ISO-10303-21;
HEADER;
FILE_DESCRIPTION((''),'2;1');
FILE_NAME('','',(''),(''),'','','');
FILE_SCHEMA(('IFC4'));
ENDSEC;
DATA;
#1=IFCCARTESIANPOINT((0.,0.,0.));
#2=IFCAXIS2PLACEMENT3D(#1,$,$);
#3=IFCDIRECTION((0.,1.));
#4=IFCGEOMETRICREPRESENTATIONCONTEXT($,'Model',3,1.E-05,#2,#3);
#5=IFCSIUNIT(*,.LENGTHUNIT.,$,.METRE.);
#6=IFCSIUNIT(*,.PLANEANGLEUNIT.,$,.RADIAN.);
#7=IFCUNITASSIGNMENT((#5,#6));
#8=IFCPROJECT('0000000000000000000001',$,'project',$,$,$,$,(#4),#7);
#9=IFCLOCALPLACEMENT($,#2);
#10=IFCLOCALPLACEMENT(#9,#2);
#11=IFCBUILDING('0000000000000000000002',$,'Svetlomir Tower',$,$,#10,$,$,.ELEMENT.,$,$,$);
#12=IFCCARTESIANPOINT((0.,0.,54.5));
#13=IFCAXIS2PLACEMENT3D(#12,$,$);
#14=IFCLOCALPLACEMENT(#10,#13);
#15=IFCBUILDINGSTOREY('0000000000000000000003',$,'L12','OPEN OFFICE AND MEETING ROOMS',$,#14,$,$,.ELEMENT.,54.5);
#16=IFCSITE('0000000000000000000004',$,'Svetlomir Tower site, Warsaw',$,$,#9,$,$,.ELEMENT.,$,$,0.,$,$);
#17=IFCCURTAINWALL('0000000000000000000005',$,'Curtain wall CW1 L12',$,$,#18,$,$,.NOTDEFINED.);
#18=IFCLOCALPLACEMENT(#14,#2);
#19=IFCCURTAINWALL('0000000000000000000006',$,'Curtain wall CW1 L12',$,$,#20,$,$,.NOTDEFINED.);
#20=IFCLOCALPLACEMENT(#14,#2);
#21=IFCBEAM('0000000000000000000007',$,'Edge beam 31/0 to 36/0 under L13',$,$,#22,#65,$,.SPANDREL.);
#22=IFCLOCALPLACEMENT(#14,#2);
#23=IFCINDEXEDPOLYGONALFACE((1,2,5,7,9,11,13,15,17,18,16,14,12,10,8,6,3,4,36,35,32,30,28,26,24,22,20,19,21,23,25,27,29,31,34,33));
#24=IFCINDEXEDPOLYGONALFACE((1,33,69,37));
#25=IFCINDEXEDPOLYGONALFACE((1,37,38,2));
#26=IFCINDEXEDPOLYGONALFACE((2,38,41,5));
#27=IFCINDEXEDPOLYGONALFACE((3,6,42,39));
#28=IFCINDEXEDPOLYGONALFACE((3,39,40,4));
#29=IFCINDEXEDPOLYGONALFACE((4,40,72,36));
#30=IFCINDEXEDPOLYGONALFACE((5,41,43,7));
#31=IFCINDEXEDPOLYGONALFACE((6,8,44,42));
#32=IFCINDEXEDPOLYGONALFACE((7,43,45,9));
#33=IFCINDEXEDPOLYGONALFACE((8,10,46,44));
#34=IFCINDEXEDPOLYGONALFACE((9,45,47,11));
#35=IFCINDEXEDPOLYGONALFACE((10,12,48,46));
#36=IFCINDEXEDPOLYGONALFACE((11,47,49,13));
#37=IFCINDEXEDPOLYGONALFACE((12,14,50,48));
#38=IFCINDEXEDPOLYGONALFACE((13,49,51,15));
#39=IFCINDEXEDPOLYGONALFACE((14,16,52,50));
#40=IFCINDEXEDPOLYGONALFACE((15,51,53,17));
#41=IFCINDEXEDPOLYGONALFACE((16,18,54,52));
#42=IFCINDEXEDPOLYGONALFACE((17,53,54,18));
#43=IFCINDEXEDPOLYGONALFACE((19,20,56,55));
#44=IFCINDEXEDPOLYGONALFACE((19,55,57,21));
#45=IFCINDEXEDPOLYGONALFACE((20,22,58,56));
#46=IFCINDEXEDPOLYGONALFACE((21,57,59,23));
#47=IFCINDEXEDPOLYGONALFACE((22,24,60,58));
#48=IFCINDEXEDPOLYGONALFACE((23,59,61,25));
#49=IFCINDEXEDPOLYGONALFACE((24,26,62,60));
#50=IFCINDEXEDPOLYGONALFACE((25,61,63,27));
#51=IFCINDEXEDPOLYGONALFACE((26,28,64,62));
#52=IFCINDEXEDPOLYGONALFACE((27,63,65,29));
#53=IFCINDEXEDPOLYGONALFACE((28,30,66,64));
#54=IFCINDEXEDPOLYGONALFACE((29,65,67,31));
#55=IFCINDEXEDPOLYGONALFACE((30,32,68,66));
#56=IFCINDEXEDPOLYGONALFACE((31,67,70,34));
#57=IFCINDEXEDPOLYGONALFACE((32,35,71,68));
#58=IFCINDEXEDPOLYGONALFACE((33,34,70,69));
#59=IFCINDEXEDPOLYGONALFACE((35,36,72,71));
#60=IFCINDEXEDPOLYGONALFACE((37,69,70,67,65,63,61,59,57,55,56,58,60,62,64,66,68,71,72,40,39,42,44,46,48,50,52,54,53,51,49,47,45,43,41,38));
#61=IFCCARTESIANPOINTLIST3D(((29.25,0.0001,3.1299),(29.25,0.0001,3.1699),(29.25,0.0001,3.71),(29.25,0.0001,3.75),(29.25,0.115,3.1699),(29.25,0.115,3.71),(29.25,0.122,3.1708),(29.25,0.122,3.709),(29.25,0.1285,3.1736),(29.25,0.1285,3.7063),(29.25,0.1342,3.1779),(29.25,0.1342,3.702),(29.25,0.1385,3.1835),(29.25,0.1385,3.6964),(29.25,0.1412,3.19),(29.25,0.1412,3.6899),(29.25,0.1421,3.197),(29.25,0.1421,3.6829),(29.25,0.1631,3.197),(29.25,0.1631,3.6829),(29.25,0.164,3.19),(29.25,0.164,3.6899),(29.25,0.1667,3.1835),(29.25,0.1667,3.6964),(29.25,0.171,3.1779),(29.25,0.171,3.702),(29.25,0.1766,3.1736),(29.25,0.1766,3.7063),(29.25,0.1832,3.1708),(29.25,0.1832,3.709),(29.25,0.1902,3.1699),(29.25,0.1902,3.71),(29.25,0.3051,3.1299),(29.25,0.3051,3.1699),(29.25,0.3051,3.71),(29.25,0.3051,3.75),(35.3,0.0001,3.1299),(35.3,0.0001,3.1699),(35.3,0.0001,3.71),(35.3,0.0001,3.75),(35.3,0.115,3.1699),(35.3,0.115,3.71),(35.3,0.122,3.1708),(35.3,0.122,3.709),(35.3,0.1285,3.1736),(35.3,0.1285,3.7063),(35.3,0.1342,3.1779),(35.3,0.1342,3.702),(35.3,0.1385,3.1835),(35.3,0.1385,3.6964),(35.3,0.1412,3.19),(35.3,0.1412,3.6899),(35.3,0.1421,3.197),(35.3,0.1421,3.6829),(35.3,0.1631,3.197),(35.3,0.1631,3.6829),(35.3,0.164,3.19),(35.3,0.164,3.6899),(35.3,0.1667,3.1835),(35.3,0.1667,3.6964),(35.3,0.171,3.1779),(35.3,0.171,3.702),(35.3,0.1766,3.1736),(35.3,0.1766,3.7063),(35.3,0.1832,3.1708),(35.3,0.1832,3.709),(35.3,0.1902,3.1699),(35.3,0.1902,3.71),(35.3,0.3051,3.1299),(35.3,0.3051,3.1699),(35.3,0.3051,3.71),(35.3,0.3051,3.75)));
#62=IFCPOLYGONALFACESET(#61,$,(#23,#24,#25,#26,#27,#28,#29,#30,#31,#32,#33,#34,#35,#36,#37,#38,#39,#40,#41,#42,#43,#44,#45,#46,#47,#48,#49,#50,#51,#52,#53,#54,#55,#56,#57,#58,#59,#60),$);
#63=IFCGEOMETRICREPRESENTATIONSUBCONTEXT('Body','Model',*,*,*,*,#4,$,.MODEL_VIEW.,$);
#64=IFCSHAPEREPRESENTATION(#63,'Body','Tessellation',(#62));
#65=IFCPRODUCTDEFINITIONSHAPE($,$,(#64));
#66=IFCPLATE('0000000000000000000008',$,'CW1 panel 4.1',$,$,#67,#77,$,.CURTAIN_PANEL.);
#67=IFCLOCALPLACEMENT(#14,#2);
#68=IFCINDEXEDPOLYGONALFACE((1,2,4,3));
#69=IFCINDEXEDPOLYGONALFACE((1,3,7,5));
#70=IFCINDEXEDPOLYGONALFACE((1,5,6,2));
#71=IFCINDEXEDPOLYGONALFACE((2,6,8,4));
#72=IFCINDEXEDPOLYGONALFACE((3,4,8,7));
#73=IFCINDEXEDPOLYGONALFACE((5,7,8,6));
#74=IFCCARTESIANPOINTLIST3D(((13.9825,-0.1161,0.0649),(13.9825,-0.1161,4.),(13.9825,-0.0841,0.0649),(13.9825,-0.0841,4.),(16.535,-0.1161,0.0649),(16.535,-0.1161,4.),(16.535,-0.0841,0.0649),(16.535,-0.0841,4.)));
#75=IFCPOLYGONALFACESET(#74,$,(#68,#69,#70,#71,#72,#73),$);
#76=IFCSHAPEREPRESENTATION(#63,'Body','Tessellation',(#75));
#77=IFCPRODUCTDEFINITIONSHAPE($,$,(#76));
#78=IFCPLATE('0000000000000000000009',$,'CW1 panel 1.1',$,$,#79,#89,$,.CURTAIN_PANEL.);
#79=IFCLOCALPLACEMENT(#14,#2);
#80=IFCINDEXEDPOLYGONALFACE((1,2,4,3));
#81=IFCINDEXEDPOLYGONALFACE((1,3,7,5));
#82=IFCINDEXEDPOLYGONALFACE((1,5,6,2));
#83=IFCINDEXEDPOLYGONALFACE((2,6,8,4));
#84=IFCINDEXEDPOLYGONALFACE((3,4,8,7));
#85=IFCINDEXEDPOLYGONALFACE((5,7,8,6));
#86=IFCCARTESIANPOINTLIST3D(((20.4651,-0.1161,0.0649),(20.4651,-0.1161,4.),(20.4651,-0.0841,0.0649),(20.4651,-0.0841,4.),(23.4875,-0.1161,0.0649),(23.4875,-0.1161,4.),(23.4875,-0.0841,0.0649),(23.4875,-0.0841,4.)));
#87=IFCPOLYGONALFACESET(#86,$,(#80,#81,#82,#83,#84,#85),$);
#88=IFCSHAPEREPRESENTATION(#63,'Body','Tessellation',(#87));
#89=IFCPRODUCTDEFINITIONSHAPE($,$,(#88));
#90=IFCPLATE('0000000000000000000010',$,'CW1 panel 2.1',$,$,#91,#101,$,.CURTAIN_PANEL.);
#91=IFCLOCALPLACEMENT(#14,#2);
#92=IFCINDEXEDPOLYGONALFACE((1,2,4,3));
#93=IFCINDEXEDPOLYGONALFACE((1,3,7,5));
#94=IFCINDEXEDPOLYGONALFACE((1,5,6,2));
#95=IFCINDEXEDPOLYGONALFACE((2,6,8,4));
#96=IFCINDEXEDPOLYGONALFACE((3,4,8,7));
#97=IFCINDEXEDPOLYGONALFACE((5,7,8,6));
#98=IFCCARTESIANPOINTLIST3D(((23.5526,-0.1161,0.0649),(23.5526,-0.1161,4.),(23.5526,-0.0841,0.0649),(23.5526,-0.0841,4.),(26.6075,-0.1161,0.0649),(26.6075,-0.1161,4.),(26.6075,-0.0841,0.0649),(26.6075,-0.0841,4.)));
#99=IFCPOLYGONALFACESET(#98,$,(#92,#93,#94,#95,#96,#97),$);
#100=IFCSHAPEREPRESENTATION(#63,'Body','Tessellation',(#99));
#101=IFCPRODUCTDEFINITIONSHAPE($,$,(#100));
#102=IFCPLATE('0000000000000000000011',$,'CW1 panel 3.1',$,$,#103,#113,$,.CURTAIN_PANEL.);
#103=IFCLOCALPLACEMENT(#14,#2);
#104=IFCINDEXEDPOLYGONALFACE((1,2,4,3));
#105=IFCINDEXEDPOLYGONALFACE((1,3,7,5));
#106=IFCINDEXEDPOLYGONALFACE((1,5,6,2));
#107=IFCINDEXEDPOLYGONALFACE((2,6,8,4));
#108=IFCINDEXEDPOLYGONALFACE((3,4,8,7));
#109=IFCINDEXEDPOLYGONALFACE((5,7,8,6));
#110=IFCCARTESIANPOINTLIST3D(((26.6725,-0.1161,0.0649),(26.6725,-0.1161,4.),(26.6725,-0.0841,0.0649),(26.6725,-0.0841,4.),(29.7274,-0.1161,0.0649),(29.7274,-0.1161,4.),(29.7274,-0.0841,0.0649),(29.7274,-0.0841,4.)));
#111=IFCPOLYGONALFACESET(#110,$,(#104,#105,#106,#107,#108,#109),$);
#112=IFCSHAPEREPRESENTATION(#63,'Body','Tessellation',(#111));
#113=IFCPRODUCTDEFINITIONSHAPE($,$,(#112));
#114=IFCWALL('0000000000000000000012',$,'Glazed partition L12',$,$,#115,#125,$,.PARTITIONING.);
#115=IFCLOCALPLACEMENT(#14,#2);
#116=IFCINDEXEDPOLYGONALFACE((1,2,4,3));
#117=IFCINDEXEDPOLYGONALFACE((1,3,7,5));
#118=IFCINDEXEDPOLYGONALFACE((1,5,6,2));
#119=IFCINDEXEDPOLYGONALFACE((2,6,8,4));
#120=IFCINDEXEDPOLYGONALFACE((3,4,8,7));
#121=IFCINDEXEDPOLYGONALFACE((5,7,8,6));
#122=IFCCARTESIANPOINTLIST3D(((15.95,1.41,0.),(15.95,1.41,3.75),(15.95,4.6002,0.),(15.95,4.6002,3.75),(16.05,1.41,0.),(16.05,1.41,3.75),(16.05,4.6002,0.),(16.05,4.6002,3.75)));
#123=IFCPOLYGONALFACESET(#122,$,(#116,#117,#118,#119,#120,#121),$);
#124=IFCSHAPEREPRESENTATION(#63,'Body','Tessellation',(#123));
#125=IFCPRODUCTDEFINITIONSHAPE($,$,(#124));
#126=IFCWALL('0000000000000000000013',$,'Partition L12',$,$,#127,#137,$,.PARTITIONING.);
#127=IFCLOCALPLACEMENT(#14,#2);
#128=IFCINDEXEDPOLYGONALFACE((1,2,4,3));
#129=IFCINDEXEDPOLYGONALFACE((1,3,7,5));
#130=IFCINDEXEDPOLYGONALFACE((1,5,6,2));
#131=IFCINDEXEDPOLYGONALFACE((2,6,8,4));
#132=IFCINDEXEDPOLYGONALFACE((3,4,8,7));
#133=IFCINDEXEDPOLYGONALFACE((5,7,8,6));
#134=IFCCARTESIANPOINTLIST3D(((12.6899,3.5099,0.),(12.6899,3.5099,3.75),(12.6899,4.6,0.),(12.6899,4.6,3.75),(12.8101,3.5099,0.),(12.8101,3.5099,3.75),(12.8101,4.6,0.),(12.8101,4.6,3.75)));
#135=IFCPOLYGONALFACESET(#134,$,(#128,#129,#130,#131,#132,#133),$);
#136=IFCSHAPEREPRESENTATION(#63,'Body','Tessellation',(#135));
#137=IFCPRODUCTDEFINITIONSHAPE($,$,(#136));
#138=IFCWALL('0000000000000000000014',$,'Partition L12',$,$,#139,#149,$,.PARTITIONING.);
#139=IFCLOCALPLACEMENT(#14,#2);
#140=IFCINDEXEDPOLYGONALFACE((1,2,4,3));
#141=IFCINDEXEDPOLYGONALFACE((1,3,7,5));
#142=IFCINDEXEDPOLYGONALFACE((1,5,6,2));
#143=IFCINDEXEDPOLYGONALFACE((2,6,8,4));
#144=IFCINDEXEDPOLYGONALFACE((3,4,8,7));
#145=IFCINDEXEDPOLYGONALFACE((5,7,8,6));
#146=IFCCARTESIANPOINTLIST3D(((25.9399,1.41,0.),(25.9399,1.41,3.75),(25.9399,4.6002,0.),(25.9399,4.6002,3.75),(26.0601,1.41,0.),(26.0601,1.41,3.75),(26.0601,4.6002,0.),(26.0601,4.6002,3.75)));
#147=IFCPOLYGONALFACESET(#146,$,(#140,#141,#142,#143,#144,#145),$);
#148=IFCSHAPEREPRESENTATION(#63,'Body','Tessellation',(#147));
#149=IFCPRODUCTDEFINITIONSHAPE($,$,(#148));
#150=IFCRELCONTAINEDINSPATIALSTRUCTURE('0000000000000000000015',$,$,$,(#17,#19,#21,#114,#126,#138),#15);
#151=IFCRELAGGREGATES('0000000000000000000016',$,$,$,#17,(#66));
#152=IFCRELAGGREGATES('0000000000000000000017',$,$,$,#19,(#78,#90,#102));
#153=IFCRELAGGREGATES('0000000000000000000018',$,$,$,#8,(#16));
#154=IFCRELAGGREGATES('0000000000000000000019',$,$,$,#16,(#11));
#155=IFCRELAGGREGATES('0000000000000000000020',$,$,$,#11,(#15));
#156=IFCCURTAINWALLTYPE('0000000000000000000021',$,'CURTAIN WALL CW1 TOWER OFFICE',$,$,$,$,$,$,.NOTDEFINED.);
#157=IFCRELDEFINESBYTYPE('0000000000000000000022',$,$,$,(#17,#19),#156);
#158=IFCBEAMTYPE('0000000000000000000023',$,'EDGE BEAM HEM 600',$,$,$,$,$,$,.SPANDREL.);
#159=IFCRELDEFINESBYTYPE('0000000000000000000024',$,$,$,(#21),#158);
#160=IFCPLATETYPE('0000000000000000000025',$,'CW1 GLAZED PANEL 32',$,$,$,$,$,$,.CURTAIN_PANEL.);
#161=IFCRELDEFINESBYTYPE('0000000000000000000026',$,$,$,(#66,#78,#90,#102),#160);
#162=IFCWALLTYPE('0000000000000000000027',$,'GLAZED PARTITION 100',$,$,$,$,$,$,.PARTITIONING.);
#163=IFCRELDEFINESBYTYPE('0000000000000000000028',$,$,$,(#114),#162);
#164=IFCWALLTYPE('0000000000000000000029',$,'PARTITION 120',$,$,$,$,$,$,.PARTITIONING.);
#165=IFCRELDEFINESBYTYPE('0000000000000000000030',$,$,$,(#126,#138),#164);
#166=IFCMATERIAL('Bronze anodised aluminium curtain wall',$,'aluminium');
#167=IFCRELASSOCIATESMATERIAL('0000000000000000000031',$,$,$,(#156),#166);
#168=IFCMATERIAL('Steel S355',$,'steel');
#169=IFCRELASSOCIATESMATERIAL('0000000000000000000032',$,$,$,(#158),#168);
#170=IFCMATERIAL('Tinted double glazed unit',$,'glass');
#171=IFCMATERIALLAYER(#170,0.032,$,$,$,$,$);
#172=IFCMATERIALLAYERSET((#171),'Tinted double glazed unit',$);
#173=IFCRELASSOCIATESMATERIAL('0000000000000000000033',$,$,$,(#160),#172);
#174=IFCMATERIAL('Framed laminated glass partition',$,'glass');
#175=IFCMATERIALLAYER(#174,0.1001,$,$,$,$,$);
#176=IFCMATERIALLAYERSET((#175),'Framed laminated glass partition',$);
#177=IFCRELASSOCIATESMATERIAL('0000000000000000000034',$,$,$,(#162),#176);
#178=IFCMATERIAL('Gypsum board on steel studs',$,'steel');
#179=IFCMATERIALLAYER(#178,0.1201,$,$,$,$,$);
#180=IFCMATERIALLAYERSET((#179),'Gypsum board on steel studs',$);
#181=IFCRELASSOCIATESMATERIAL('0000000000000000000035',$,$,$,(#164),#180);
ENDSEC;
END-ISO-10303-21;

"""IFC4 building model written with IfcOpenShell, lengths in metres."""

from ifc_helpers import new_model, si_unit, direction, frame, frame_2d, origin, origin_2d, place, context, subcontext, project, spatial, rectangle, i_section, extrude, material, layer, layer_set, material_profile, profile_set, type_object, element, aggregate, save


model = new_model("IFC4")

# Units and contexts
model_context = context("Model", 3, precision=1e-05, world=origin(), true_north=direction((0.0, 1.0)))
body_context = subcontext(model_context, "Body", "Model", "MODEL_VIEW")
ifc_project = project(units=[si_unit("LENGTHUNIT", "METRE"), si_unit("PLANEANGLEUNIT", "RADIAN")], contexts=[model_context])

# Site, building, storey
site_placement = place(None, origin())
site = spatial("IfcSite", under=ifc_project, at=site_placement, Name="Svetlomir Tower site, Warsaw", CompositionType="ELEMENT", RefElevation=0.0)
building_placement = place(site_placement, origin())
building = spatial("IfcBuilding", under=site, at=building_placement, Name="Svetlomir Tower", CompositionType="ELEMENT")
storey_placement = place(building_placement, frame((0.0, 0.0, 54.5)))
storey = spatial("IfcBuildingStorey", under=building, at=storey_placement, Name="L12", Description="OPEN OFFICE AND MEETING ROOMS", CompositionType="ELEMENT", Elevation=54.5)

# Curtain walls
ifc_material_1 = material(Name="Bronze anodised aluminium curtain wall", Category="aluminium")
curtain_wall_type = type_object("IfcCurtainWallType", Name="CURTAIN WALL CW1 TOWER OFFICE", PredefinedType="NOTDEFINED", material=ifc_material_1)
curtain_wall_1_placement = place(storey_placement, origin())
curtain_wall_1 = element("IfcCurtainWall", 1, at=curtain_wall_1_placement, inside=storey, type_object=curtain_wall_type, Name="Curtain wall CW1 L12", PredefinedType="NOTDEFINED")
curtain_wall_2_placement = place(storey_placement, origin())
curtain_wall_2 = element("IfcCurtainWall", 2, at=curtain_wall_2_placement, inside=storey, type_object=curtain_wall_type, Name="Curtain wall CW1 L12", PredefinedType="NOTDEFINED")

# Beam
ifc_material_2 = material(Name="Steel S355", Category="steel")
ifc_material_profile_1 = material_profile(ifc_material_2, i_section(OverallWidth=0.3049, OverallDepth=0.6201, WebThickness=0.021, FlangeThickness=0.04, FilletRadius=0.0271, at=origin_2d()), Name="HEM 600")
ifc_profile_set_1 = profile_set([ifc_material_profile_1], Name="Steel S355")
beam_type_1 = type_object("IfcBeamType", Name="EDGE BEAM HEM 600", PredefinedType="SPANDREL", material=ifc_profile_set_1)
beam_1_placement = place(storey_placement, frame((29.25, 0.1526, 3.4399), z_axis=(1.0, 0.0, 0.0), x_axis=(0.0, 1.0, 0.0)))
element("IfcBeam", 3, at=beam_1_placement, inside=storey, type_object=beam_type_1, Name="Edge beam 31/0 to 36/0 under L13", PredefinedType="SPANDREL", context=body_context, shape_type="SweptSolid", body=[
    extrude(i_section(OverallWidth=0.3049, OverallDepth=0.6201, WebThickness=0.021, FlangeThickness=0.04, FilletRadius=0.0271, at=origin_2d()), origin(), (0.0, 0.0, 1.0), 6.05),
])

# Plates
ifc_material_3 = material(Name="Tinted double glazed unit", Category="glass")
ifc_layer_1 = layer(ifc_material_3, 0.032)
ifc_layer_set_1 = layer_set([ifc_layer_1], Name="Tinted double glazed unit")
plate_type = type_object("IfcPlateType", Name="CW1 GLAZED PANEL 32", PredefinedType="CURTAIN_PANEL", material=ifc_layer_set_1)
plate_1_placement = place(storey_placement, frame((15.2588, -0.1001, 0.0649), z_axis=(0.0, 0.0, 1.0), x_axis=(1.0, 0.0, 0.0)))
plate_1 = element("IfcPlate", 4, at=plate_1_placement, type_object=plate_type, Name="CW1 panel 4.1", PredefinedType="CURTAIN_PANEL", context=body_context, shape_type="SweptSolid", body=[
    extrude(rectangle(XDim=2.5525, YDim=0.032, at=origin_2d()), origin(), (0.0, 0.0, 1.0), 3.9351),
])
aggregate(curtain_wall_1, [plate_1])
plate_2_placement = place(storey_placement, frame((21.9763, -0.1001, 0.0649), z_axis=(0.0, 0.0, 1.0), x_axis=(1.0, 0.0, 0.0)))
plate_2 = element("IfcPlate", 5, at=plate_2_placement, type_object=plate_type, Name="CW1 panel 1.1", PredefinedType="CURTAIN_PANEL", context=body_context, shape_type="SweptSolid", body=[
    extrude(rectangle(XDim=3.0225, YDim=0.032, at=origin_2d()), origin(), (0.0, 0.0, 1.0), 3.9351),
])
plate_3_placement = place(storey_placement, frame((25.0801, -0.1001, 0.0649), z_axis=(0.0, 0.0, 1.0), x_axis=(1.0, 0.0, 0.0)))
plate_3 = element("IfcPlate", 6, at=plate_3_placement, type_object=plate_type, Name="CW1 panel 2.1", PredefinedType="CURTAIN_PANEL", context=body_context, shape_type="SweptSolid", body=[
    extrude(rectangle(XDim=3.0549, YDim=0.032, at=origin_2d()), origin(), (0.0, 0.0, 1.0), 3.9351),
])
plate_4_placement = place(storey_placement, frame((28.2, -0.1001, 0.0649), z_axis=(0.0, 0.0, 1.0), x_axis=(1.0, 0.0, 0.0)))
plate_4 = element("IfcPlate", 7, at=plate_4_placement, type_object=plate_type, Name="CW1 panel 3.1", PredefinedType="CURTAIN_PANEL", context=body_context, shape_type="SweptSolid", body=[
    extrude(rectangle(XDim=3.0549, YDim=0.032, at=origin_2d()), origin(), (0.0, 0.0, 1.0), 3.9351),
])
aggregate(curtain_wall_2, [plate_2, plate_3, plate_4])

# Walls
ifc_material_4 = material(Name="Framed laminated glass partition", Category="glass")
ifc_layer_2 = layer(ifc_material_4, 0.1001)
ifc_layer_set_2 = layer_set([ifc_layer_2], Name="Framed laminated glass partition")
wall_type_1 = type_object("IfcWallType", Name="GLAZED PARTITION 100", PredefinedType="PARTITIONING", material=ifc_layer_set_2)
wall_1_placement = place(storey_placement, frame((16.0, 1.4099, 0.0), z_axis=(0.0, 0.0, 1.0), x_axis=(0.0, 1.0, 0.0)))
element("IfcWall", 8, at=wall_1_placement, inside=storey, type_object=wall_type_1, Name="Glazed partition L12", PredefinedType="PARTITIONING", context=body_context, shape_type="SweptSolid", body=[
    extrude(rectangle(XDim=3.1902, YDim=0.1001, at=frame_2d((1.5952, 0.0))), origin(), (0.0, 0.0, 1.0), 3.75),
])
ifc_material_5 = material(Name="Gypsum board on steel studs", Category="steel")
ifc_layer_3 = layer(ifc_material_5, 0.1201)
ifc_layer_set_3 = layer_set([ifc_layer_3], Name="Gypsum board on steel studs")
wall_type_2 = type_object("IfcWallType", Name="PARTITION 120", PredefinedType="PARTITIONING", material=ifc_layer_set_3)
wall_2_placement = place(storey_placement, frame((12.75, 3.51, 0.0), z_axis=(0.0, 0.0, 1.0), x_axis=(0.0, 1.0, 0.0)))
element("IfcWall", 9, at=wall_2_placement, inside=storey, type_object=wall_type_2, Name="Partition L12", PredefinedType="PARTITIONING", context=body_context, shape_type="SweptSolid", body=[
    extrude(rectangle(XDim=1.0901, YDim=0.1201, at=frame_2d((0.5449, 0.0))), origin(), (0.0, 0.0, 1.0), 3.75),
])
wall_3_placement = place(storey_placement, frame((26.0, 1.4099, 0.0), z_axis=(0.0, 0.0, 1.0), x_axis=(0.0, 1.0, 0.0)))
element("IfcWall", 10, at=wall_3_placement, inside=storey, type_object=wall_type_2, Name="Partition L12", PredefinedType="PARTITIONING", context=body_context, shape_type="SweptSolid", body=[
    extrude(rectangle(XDim=3.1902, YDim=0.1201, at=frame_2d((1.5952, 0.0))), origin(), (0.0, 0.0, 1.0), 3.75),
])

save(model, "model.ifc")
